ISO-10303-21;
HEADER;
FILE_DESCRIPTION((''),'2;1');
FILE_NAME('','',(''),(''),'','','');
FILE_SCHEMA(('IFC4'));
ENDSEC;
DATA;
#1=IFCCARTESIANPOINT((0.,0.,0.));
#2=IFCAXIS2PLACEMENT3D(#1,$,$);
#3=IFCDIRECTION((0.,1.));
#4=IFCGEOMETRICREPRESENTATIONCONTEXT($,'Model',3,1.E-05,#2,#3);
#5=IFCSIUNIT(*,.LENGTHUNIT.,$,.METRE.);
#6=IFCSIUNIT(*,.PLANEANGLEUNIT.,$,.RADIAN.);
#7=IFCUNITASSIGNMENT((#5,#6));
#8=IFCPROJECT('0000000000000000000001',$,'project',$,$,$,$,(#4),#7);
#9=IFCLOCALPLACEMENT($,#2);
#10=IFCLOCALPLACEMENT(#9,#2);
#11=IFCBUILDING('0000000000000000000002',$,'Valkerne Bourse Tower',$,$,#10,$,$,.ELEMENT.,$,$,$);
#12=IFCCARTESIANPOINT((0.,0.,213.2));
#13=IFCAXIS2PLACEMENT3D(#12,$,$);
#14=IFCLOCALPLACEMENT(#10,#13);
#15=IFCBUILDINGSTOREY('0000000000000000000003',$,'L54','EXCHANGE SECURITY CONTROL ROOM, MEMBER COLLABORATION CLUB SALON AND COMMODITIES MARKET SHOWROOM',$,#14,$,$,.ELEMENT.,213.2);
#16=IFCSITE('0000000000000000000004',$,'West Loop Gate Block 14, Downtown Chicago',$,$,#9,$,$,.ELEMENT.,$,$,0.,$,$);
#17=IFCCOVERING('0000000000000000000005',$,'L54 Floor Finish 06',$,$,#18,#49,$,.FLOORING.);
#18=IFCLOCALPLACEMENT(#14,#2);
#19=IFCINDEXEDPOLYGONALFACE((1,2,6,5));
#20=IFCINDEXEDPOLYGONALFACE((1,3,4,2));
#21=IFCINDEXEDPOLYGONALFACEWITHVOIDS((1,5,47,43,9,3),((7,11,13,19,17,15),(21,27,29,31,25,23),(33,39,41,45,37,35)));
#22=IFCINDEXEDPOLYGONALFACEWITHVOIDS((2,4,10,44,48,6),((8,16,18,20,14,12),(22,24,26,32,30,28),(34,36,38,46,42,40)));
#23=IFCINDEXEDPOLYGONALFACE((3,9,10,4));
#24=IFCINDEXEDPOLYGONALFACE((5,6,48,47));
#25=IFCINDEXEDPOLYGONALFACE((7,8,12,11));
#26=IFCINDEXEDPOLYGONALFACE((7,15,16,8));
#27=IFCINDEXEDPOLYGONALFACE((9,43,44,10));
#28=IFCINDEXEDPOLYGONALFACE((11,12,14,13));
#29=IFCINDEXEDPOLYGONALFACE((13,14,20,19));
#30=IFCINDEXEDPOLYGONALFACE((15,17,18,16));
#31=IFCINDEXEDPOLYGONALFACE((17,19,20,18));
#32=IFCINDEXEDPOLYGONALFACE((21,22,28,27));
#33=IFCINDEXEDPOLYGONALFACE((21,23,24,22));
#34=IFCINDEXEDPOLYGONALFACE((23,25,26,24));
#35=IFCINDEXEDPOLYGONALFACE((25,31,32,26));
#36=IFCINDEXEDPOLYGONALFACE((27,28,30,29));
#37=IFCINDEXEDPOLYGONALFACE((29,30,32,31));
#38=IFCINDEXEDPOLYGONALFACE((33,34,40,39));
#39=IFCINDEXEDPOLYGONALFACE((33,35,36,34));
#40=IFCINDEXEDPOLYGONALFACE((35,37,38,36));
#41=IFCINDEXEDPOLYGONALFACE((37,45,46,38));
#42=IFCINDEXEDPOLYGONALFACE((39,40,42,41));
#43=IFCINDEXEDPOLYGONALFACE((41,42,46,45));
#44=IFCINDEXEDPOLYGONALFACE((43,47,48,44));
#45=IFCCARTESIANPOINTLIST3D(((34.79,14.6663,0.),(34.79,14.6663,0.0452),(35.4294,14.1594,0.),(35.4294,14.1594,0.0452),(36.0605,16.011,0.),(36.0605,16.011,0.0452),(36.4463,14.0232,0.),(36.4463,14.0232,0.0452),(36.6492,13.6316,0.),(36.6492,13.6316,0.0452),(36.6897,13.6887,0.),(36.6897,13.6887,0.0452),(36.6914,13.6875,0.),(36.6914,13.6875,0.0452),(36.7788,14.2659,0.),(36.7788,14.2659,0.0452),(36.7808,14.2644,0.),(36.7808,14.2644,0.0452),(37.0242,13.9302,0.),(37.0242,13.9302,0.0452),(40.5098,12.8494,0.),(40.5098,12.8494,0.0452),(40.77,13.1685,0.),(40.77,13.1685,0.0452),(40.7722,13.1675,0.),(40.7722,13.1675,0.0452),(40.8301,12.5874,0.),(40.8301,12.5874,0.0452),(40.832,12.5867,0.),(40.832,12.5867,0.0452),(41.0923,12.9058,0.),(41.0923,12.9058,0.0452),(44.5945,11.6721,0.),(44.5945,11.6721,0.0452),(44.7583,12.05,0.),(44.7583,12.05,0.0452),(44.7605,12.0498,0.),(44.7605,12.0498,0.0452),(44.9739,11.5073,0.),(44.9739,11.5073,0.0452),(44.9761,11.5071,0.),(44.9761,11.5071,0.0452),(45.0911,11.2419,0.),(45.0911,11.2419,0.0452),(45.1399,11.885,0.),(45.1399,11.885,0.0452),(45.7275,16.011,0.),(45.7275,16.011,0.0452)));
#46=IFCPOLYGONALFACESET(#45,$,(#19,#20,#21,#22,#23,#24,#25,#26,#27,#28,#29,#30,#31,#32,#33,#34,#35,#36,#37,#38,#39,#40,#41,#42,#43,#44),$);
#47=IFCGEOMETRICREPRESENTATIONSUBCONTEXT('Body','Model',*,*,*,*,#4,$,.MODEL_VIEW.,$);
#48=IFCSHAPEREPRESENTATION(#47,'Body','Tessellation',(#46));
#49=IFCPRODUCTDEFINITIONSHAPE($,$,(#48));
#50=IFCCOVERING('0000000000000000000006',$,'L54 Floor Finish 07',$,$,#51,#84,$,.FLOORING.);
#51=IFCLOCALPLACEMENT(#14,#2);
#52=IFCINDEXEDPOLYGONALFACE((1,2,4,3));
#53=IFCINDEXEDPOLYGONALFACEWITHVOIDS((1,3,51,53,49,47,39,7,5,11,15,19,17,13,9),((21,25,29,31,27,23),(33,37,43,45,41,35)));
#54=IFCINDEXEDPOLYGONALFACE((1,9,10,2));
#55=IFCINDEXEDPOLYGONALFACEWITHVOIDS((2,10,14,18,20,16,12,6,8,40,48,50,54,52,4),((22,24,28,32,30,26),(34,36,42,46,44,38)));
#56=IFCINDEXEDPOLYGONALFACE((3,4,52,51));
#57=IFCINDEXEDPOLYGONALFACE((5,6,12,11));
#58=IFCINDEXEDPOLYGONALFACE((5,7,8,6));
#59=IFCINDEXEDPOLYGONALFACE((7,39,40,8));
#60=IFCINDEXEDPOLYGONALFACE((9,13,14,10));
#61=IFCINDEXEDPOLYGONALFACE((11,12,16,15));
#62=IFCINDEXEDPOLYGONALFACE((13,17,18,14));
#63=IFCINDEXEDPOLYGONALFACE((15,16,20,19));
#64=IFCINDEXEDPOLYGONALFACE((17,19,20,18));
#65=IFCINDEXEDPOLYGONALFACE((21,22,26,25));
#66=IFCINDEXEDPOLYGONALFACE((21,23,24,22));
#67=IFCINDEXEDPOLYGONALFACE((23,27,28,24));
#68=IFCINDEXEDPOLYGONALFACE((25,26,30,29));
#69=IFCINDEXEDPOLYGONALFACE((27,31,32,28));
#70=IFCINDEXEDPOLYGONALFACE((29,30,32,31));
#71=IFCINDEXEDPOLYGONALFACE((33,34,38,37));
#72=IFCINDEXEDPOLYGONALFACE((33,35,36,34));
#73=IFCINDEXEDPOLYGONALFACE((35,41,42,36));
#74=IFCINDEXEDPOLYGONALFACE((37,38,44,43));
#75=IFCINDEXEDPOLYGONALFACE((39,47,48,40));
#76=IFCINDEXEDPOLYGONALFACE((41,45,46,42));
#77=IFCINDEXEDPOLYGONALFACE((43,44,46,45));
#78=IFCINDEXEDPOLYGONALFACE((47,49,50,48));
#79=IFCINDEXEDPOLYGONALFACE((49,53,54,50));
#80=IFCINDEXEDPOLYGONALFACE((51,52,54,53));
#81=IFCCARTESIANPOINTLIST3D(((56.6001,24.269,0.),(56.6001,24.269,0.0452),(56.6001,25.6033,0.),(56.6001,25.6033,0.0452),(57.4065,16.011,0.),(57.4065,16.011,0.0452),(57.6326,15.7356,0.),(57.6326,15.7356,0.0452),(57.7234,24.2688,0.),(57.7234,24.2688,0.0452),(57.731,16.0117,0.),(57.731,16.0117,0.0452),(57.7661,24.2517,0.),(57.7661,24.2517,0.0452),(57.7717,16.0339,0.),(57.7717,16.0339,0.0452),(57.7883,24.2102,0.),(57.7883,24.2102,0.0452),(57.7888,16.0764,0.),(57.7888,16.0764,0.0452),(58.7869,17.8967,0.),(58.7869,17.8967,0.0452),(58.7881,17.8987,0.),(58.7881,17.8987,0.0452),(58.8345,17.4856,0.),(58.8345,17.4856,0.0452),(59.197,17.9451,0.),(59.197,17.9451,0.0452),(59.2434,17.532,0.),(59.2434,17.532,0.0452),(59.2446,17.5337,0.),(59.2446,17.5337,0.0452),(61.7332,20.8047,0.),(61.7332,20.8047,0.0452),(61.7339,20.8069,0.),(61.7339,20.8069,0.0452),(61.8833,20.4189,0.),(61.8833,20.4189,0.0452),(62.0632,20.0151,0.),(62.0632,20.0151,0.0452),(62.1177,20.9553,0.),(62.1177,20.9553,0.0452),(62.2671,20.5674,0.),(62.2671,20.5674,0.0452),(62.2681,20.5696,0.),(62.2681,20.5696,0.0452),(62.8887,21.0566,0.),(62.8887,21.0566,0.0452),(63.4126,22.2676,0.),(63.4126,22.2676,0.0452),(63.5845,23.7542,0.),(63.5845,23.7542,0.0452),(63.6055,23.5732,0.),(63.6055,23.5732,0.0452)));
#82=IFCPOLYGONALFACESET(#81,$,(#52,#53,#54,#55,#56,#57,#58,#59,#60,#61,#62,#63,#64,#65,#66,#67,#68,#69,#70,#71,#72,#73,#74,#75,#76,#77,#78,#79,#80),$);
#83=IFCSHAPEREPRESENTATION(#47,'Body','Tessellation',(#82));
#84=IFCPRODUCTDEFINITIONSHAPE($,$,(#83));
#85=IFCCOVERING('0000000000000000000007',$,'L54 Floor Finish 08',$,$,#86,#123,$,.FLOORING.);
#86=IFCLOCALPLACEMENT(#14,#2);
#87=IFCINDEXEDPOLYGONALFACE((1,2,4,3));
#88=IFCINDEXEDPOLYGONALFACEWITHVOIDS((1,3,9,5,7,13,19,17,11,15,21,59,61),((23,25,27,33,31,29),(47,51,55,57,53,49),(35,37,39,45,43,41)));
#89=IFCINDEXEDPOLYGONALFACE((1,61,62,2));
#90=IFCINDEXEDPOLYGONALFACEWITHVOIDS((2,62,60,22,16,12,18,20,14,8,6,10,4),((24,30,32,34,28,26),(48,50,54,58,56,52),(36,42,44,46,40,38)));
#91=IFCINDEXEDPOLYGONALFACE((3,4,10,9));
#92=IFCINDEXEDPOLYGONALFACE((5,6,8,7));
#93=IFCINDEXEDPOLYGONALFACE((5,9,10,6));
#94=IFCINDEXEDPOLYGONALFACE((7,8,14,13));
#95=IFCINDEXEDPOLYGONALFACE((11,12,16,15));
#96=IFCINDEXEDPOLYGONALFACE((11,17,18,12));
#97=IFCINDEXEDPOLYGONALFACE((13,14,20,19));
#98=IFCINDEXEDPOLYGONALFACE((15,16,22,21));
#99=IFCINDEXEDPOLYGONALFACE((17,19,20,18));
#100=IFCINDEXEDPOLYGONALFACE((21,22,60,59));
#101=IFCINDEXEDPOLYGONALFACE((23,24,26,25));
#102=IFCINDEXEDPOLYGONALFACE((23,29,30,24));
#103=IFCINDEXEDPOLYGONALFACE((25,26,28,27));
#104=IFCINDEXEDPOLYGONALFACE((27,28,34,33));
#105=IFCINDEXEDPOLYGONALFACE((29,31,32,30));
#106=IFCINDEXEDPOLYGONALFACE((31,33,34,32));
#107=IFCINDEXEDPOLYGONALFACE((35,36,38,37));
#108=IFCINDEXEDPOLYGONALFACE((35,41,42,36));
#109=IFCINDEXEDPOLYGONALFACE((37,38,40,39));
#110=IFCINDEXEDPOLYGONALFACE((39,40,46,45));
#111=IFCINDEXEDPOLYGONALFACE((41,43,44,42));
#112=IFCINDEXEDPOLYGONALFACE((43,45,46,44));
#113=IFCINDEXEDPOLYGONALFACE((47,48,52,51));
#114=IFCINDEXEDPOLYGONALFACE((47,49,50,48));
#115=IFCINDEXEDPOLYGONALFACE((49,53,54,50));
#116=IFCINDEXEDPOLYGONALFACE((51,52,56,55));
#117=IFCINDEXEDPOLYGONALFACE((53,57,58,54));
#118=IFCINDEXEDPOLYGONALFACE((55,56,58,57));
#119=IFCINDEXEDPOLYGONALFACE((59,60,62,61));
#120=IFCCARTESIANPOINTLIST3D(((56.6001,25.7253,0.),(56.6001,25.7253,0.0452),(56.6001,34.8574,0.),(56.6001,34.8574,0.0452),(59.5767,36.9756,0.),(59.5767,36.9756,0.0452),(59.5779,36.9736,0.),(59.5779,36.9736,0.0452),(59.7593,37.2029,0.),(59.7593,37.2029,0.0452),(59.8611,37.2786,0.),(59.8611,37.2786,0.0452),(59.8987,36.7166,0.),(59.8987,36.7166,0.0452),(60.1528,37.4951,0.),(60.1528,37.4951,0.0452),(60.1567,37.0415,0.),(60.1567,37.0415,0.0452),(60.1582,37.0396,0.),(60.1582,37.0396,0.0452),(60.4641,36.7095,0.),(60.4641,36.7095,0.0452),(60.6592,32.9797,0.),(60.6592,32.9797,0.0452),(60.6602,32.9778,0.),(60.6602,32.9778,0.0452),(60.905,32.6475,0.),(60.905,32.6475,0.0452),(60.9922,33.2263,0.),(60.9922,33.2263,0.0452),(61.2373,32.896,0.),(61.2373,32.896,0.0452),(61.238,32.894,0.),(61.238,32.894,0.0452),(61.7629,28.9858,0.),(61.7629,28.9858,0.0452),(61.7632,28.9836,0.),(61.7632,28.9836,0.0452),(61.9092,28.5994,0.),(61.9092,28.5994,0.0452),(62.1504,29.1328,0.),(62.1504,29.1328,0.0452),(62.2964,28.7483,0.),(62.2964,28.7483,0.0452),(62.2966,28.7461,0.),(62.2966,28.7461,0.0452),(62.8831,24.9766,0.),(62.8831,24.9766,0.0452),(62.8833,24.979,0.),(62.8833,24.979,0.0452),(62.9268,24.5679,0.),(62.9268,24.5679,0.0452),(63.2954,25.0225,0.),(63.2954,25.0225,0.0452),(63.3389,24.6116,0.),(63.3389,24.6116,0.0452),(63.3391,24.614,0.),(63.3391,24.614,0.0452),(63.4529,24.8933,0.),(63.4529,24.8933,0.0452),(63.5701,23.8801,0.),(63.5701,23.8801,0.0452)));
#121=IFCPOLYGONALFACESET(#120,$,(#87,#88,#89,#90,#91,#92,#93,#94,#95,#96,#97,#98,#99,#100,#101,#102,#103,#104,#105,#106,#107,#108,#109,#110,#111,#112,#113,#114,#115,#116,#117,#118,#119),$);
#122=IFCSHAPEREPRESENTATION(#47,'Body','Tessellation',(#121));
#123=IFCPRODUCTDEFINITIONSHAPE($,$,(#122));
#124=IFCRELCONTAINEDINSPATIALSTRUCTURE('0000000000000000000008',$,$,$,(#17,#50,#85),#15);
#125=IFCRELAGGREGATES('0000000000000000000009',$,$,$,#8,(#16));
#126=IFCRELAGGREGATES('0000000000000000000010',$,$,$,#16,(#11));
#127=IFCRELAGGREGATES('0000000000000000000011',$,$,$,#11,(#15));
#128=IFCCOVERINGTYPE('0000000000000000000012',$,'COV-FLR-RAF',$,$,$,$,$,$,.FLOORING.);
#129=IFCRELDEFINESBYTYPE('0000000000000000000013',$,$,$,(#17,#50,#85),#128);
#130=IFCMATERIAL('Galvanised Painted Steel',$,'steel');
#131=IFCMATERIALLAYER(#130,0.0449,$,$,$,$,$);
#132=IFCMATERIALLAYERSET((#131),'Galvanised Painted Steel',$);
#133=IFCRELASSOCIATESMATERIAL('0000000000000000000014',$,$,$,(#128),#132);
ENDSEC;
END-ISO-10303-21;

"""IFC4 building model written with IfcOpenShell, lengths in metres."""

from ifc_helpers import new_model, si_unit, direction, frame, origin, place, context, subcontext, project, spatial, polyline, outline, extrude, material, layer, layer_set, type_object, element, save


model = new_model("IFC4")

# Units and contexts
model_context = context("Model", 3, precision=1e-05, world=origin(), true_north=direction((0.0, 1.0)))
body_context = subcontext(model_context, "Body", "Model", "MODEL_VIEW")
ifc_project = project(units=[si_unit("LENGTHUNIT", "METRE"), si_unit("PLANEANGLEUNIT", "RADIAN")], contexts=[model_context])

# Site, building, storey
site_placement = place(None, origin())
site = spatial("IfcSite", under=ifc_project, at=site_placement, Name="West Loop Gate Block 14, Downtown Chicago", CompositionType="ELEMENT", RefElevation=0.0)
building_placement = place(site_placement, origin())
building = spatial("IfcBuilding", under=site, at=building_placement, Name="Valkerne Bourse Tower", CompositionType="ELEMENT")
storey_placement = place(building_placement, frame((0.0, 0.0, 213.2)))
storey = spatial("IfcBuildingStorey", under=building, at=storey_placement, Name="L54", Description="EXCHANGE SECURITY CONTROL ROOM, MEMBER COLLABORATION CLUB SALON AND COMMODITIES MARKET SHOWROOM", CompositionType="ELEMENT", Elevation=213.2)

# Coverings
ifc_material_1 = material(Name="Galvanised Painted Steel", Category="steel")
ifc_layer_1 = layer(ifc_material_1, 0.0449)
ifc_layer_set_1 = layer_set([ifc_layer_1], Name="Galvanised Painted Steel")
covering_type_1 = type_object("IfcCoveringType", Name="COV-FLR-RAF", PredefinedType="FLOORING", material=ifc_layer_set_1)
covering_1_placement = place(storey_placement, origin())
element("IfcCovering", 1, at=covering_1_placement, inside=storey, type_object=covering_type_1, Name="L54 Floor Finish 06", PredefinedType="FLOORING", context=body_context, shape_type="SweptSolid", body=[
    extrude(outline(polyline([(34.79, 14.6663), (36.0605, 16.011), (45.7275, 16.011), (45.0911, 11.2419), (36.6492, 13.6316), (35.4294, 14.1594), (34.79, 14.6663)]), holes=[polyline([(44.7605, 12.0498), (44.7583, 12.05), (44.5945, 11.6721), (44.9739, 11.5073), (44.9761, 11.5071), (45.1399, 11.885), (44.7605, 12.0498)]), polyline([(40.7722, 13.1675), (40.77, 13.1685), (40.5098, 12.8494), (40.8301, 12.5874), (40.832, 12.5867), (41.0923, 12.9058), (40.7722, 13.1675)]), polyline([(36.7808, 14.2644), (36.7788, 14.2659), (36.4463, 14.0232), (36.6897, 13.6887), (36.6914, 13.6875), (37.0242, 13.9302), (36.7808, 14.2644)])]), origin(), (0.0, 0.0, 1.0), 0.0452),
])
covering_2_placement = place(storey_placement, origin())
element("IfcCovering", 2, at=covering_2_placement, inside=storey, type_object=covering_type_1, Name="L54 Floor Finish 07", PredefinedType="FLOORING", context=body_context, shape_type="SweptSolid", body=[
    extrude(outline(polyline([(62.8887, 21.0566), (62.0632, 20.0151), (57.6326, 15.7356), (57.4065, 16.011), (57.731, 16.0117), (57.7717, 16.0339), (57.7888, 16.0764), (57.7883, 24.2102), (57.7661, 24.2517), (57.7234, 24.2688), (56.6001, 24.269), (56.6001, 25.6033), (63.5845, 23.7542), (63.6055, 23.5732), (63.4126, 22.2676), (62.8887, 21.0566)]), holes=[polyline([(59.2446, 17.5337), (59.197, 17.9451), (58.7881, 17.8987), (58.7869, 17.8967), (58.8345, 17.4856), (59.2434, 17.532), (59.2446, 17.5337)]), polyline([(62.2681, 20.5696), (62.1177, 20.9553), (61.7339, 20.8069), (61.7332, 20.8047), (61.8833, 20.4189), (62.2671, 20.5674), (62.2681, 20.5696)])]), origin(), (0.0, 0.0, 1.0), 0.0452),
])
covering_3_placement = place(storey_placement, origin())
element("IfcCovering", 3, at=covering_3_placement, inside=storey, type_object=covering_type_1, Name="L54 Floor Finish 08", PredefinedType="FLOORING", context=body_context, shape_type="SweptSolid", body=[
    extrude(outline(polyline([(59.7593, 37.2029), (59.5767, 36.9756), (59.5779, 36.9736), (59.8987, 36.7166), (60.1582, 37.0396), (60.1567, 37.0415), (59.8611, 37.2786), (60.1528, 37.4951), (60.4641, 36.7095), (63.4529, 24.8933), (63.5701, 23.8801), (56.6001, 25.7253), (56.6001, 34.8574), (59.7593, 37.2029)]), holes=[polyline([(63.3391, 24.614), (63.2954, 25.0225), (62.8833, 24.979), (62.8831, 24.9766), (62.9268, 24.5679), (63.3389, 24.6116), (63.3391, 24.614)]), polyline([(62.2964, 28.7483), (62.1504, 29.1328), (61.7629, 28.9858), (61.7632, 28.9836), (61.9092, 28.5994), (62.2966, 28.7461), (62.2964, 28.7483)]), polyline([(61.2373, 32.896), (60.9922, 33.2263), (60.6592, 32.9797), (60.6602, 32.9778), (60.905, 32.6475), (61.238, 32.894), (61.2373, 32.896)])]), origin(), (0.0, 0.0, 1.0), 0.0452),
])

save(model, "model.ifc")
